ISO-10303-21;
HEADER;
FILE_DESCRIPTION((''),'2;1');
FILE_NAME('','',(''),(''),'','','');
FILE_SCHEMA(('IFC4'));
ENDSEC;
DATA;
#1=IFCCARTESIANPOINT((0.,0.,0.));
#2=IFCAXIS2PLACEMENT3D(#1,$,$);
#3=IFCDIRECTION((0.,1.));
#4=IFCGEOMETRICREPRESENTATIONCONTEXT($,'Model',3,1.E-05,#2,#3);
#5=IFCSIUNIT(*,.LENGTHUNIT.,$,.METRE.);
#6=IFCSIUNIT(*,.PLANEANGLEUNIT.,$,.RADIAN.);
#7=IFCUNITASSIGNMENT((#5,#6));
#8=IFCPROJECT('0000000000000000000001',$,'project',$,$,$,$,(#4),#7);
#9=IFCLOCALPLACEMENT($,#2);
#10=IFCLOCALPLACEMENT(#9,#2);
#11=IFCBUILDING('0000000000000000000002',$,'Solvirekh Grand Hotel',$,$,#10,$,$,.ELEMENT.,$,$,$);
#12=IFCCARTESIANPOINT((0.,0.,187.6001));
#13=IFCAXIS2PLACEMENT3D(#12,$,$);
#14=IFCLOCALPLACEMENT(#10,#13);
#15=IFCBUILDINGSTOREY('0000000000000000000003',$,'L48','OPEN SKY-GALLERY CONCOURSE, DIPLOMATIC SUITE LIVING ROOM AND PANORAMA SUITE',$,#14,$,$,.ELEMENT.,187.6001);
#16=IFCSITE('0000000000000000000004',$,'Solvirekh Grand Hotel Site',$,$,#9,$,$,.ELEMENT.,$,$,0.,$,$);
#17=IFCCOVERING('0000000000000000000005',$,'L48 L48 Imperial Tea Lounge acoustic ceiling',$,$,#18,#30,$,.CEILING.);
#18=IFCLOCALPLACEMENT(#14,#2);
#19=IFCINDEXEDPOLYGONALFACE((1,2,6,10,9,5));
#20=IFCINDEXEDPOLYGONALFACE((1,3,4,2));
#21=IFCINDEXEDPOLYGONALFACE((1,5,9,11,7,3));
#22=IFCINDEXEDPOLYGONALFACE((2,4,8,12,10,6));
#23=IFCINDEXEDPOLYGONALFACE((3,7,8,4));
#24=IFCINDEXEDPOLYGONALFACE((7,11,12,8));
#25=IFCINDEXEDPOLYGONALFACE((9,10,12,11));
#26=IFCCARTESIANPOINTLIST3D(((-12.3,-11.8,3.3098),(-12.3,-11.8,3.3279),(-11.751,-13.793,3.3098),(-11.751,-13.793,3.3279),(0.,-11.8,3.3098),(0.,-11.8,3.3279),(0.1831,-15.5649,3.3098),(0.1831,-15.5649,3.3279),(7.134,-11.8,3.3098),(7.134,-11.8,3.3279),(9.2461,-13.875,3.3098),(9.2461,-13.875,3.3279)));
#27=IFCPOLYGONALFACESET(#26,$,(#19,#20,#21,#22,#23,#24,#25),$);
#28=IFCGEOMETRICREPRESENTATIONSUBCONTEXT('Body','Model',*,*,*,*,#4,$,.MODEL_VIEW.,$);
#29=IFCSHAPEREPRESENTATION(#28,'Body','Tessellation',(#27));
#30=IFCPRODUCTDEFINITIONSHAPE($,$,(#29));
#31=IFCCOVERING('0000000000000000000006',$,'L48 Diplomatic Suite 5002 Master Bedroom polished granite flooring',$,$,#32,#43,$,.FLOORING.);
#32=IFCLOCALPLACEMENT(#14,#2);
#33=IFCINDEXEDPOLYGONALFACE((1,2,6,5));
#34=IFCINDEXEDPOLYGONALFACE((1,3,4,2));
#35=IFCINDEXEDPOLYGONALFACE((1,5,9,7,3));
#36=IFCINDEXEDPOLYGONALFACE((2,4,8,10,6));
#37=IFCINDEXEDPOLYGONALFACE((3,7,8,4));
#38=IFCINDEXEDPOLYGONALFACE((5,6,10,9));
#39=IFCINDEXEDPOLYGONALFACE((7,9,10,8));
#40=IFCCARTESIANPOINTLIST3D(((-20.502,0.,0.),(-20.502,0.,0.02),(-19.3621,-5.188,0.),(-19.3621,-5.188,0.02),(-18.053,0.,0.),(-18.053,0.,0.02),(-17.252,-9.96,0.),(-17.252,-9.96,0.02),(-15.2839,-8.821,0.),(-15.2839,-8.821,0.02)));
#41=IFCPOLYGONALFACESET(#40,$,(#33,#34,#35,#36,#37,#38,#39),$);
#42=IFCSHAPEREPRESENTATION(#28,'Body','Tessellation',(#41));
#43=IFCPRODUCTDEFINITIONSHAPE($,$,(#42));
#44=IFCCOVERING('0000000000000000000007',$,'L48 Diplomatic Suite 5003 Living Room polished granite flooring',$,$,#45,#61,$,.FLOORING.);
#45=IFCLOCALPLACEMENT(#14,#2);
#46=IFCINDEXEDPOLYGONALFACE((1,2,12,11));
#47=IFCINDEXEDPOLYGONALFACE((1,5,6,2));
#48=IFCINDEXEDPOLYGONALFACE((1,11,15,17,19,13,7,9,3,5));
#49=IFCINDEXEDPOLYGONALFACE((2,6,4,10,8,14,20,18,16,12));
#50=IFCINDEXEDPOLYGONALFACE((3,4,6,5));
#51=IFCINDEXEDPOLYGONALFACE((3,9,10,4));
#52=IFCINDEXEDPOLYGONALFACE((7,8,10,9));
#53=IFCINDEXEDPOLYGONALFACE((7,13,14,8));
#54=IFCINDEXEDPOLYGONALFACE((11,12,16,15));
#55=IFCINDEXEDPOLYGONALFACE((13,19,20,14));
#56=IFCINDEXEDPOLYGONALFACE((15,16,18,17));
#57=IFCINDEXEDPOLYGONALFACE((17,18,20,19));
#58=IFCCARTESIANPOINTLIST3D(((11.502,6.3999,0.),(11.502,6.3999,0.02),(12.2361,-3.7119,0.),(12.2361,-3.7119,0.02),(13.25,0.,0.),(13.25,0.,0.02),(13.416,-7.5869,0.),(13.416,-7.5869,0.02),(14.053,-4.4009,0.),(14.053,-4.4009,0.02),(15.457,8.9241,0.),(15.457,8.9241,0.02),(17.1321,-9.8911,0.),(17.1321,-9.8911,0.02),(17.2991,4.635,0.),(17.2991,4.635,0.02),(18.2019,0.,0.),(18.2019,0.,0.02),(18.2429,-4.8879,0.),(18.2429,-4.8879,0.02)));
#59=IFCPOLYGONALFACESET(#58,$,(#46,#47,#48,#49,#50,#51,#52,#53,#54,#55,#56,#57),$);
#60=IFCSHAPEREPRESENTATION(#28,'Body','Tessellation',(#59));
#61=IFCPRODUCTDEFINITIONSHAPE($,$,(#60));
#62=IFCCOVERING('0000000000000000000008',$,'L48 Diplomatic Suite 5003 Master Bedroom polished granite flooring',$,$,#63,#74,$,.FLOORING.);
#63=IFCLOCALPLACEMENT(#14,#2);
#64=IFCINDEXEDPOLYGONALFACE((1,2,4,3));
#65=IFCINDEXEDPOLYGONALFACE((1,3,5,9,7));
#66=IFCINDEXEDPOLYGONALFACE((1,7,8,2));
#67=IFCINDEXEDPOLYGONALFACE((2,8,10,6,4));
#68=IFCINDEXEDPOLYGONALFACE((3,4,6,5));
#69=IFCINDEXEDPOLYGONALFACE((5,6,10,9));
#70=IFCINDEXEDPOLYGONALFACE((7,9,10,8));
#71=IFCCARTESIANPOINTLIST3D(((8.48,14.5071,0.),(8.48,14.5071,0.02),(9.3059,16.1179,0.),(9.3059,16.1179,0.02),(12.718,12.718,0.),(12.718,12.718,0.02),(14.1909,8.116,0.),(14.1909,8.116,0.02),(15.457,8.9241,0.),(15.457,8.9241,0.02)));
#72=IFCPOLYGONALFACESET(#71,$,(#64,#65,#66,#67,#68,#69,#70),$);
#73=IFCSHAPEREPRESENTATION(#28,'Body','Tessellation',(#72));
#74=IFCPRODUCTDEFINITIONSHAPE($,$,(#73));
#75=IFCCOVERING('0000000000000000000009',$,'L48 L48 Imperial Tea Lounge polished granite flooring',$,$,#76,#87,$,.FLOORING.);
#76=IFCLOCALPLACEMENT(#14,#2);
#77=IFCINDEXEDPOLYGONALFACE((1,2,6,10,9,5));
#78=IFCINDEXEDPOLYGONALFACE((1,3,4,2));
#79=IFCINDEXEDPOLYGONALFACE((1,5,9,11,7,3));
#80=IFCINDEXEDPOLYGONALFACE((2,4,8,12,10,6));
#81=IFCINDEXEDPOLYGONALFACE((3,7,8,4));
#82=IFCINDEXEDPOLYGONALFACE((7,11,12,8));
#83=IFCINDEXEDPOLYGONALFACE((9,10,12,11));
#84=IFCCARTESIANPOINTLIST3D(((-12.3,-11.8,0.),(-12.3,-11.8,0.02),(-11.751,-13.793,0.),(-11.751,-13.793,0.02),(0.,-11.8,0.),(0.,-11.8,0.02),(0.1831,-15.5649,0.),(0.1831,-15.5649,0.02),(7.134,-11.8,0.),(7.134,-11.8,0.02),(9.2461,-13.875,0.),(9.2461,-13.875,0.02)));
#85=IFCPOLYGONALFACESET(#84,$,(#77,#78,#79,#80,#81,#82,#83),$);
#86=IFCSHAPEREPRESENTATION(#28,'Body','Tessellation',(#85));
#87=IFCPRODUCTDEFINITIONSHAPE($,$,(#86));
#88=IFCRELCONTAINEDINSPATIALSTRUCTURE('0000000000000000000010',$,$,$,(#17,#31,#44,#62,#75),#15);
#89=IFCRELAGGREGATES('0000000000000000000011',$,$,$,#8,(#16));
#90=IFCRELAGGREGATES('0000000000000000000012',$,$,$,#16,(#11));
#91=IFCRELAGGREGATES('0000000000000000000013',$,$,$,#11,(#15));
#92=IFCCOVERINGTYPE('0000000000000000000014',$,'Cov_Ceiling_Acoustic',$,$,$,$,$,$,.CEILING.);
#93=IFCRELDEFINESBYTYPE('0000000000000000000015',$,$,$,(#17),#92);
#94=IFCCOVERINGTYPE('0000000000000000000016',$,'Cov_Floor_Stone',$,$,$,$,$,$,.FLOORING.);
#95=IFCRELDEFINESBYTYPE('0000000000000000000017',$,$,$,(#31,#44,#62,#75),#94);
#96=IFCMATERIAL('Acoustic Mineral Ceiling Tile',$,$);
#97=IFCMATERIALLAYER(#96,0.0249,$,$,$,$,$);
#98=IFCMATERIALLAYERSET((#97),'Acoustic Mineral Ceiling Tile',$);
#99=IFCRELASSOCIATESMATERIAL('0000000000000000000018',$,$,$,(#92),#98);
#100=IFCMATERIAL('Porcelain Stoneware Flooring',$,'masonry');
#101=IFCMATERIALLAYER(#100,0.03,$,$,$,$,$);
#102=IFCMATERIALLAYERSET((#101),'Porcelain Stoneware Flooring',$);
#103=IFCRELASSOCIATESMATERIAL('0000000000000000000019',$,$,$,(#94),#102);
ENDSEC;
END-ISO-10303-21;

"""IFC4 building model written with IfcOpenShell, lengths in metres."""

from ifc_helpers import new_model, si_unit, direction, frame, origin, place, context, subcontext, project, spatial, polyline, outline, extrude, material, layer, layer_set, type_object, element, save


model = new_model("IFC4")

# Units and contexts
model_context = context("Model", 3, precision=1e-05, world=origin(), true_north=direction((0.0, 1.0)))
body_context = subcontext(model_context, "Body", "Model", "MODEL_VIEW")
ifc_project = project(units=[si_unit("LENGTHUNIT", "METRE"), si_unit("PLANEANGLEUNIT", "RADIAN")], contexts=[model_context])

# Site, building, storey
site_placement = place(None, origin())
site = spatial("IfcSite", under=ifc_project, at=site_placement, Name="Solvirekh Grand Hotel Site", CompositionType="ELEMENT", RefElevation=0.0)
building_placement = place(site_placement, origin())
building = spatial("IfcBuilding", under=site, at=building_placement, Name="Solvirekh Grand Hotel", CompositionType="ELEMENT")
storey_placement = place(building_placement, frame((0.0, 0.0, 187.6001)))
storey = spatial("IfcBuildingStorey", under=building, at=storey_placement, Name="L48", Description="OPEN SKY-GALLERY CONCOURSE, DIPLOMATIC SUITE LIVING ROOM AND PANORAMA SUITE", CompositionType="ELEMENT", Elevation=187.6001)

# Coverings
ifc_material_1 = material(Name="Acoustic Mineral Ceiling Tile")
ifc_layer_1 = layer(ifc_material_1, 0.0249)
ifc_layer_set_1 = layer_set([ifc_layer_1], Name="Acoustic Mineral Ceiling Tile")
covering_type_1 = type_object("IfcCoveringType", Name="Cov_Ceiling_Acoustic", PredefinedType="CEILING", material=ifc_layer_set_1)
covering_1_placement = place(storey_placement, frame((0.0, 0.0, 3.3098)))
element("IfcCovering", 1, at=covering_1_placement, inside=storey, type_object=covering_type_1, Name="L48 L48 Imperial Tea Lounge acoustic ceiling", PredefinedType="CEILING", context=body_context, shape_type="SweptSolid", body=[
    extrude(outline(polyline([(-11.751, -13.793), (0.1831, -15.5649), (9.2461, -13.875), (7.134, -11.8), (0.0, -11.8), (-12.3, -11.8), (-11.751, -13.793)])), origin(), (0.0, 0.0, 1.0), 0.0181),
])
ifc_material_2 = material(Name="Porcelain Stoneware Flooring", Category="masonry")
ifc_layer_2 = layer(ifc_material_2, 0.03)
ifc_layer_set_2 = layer_set([ifc_layer_2], Name="Porcelain Stoneware Flooring")
covering_type_2 = type_object("IfcCoveringType", Name="Cov_Floor_Stone", PredefinedType="FLOORING", material=ifc_layer_set_2)
covering_2_placement = place(storey_placement, origin())
element("IfcCovering", 2, at=covering_2_placement, inside=storey, type_object=covering_type_2, Name="L48 Diplomatic Suite 5002 Master Bedroom polished granite flooring", PredefinedType="FLOORING", context=body_context, shape_type="SweptSolid", body=[
    extrude(outline(polyline([(-20.502, 0.0), (-19.3621, -5.188), (-17.252, -9.96), (-15.2839, -8.821), (-18.053, 0.0), (-20.502, 0.0)])), origin(), (0.0, 0.0, 1.0), 0.02),
])
covering_3_placement = place(storey_placement, origin())
element("IfcCovering", 3, at=covering_3_placement, inside=storey, type_object=covering_type_2, Name="L48 Diplomatic Suite 5003 Living Room polished granite flooring", PredefinedType="FLOORING", context=body_context, shape_type="SweptSolid", body=[
    extrude(outline(polyline([(14.053, -4.4009), (13.416, -7.5869), (17.1321, -9.8911), (18.2429, -4.8879), (18.2019, 0.0), (17.2991, 4.635), (15.457, 8.9241), (11.502, 6.3999), (13.25, 0.0), (12.2361, -3.7119), (14.053, -4.4009)])), origin(), (0.0, 0.0, 1.0), 0.02),
])
covering_4_placement = place(storey_placement, origin())
element("IfcCovering", 4, at=covering_4_placement, inside=storey, type_object=covering_type_2, Name="L48 Diplomatic Suite 5003 Master Bedroom polished granite flooring", PredefinedType="FLOORING", context=body_context, shape_type="SweptSolid", body=[
    extrude(outline(polyline([(15.457, 8.9241), (12.718, 12.718), (9.3059, 16.1179), (8.48, 14.5071), (14.1909, 8.116), (15.457, 8.9241)])), origin(), (0.0, 0.0, 1.0), 0.02),
])
covering_5_placement = place(storey_placement, origin())
element("IfcCovering", 5, at=covering_5_placement, inside=storey, type_object=covering_type_2, Name="L48 L48 Imperial Tea Lounge polished granite flooring", PredefinedType="FLOORING", context=body_context, shape_type="SweptSolid", body=[
    extrude(outline(polyline([(-11.751, -13.793), (0.1831, -15.5649), (9.2461, -13.875), (7.134, -11.8), (0.0, -11.8), (-12.3, -11.8), (-11.751, -13.793)])), origin(), (0.0, 0.0, 1.0), 0.02),
])

save(model, "model.ifc")
